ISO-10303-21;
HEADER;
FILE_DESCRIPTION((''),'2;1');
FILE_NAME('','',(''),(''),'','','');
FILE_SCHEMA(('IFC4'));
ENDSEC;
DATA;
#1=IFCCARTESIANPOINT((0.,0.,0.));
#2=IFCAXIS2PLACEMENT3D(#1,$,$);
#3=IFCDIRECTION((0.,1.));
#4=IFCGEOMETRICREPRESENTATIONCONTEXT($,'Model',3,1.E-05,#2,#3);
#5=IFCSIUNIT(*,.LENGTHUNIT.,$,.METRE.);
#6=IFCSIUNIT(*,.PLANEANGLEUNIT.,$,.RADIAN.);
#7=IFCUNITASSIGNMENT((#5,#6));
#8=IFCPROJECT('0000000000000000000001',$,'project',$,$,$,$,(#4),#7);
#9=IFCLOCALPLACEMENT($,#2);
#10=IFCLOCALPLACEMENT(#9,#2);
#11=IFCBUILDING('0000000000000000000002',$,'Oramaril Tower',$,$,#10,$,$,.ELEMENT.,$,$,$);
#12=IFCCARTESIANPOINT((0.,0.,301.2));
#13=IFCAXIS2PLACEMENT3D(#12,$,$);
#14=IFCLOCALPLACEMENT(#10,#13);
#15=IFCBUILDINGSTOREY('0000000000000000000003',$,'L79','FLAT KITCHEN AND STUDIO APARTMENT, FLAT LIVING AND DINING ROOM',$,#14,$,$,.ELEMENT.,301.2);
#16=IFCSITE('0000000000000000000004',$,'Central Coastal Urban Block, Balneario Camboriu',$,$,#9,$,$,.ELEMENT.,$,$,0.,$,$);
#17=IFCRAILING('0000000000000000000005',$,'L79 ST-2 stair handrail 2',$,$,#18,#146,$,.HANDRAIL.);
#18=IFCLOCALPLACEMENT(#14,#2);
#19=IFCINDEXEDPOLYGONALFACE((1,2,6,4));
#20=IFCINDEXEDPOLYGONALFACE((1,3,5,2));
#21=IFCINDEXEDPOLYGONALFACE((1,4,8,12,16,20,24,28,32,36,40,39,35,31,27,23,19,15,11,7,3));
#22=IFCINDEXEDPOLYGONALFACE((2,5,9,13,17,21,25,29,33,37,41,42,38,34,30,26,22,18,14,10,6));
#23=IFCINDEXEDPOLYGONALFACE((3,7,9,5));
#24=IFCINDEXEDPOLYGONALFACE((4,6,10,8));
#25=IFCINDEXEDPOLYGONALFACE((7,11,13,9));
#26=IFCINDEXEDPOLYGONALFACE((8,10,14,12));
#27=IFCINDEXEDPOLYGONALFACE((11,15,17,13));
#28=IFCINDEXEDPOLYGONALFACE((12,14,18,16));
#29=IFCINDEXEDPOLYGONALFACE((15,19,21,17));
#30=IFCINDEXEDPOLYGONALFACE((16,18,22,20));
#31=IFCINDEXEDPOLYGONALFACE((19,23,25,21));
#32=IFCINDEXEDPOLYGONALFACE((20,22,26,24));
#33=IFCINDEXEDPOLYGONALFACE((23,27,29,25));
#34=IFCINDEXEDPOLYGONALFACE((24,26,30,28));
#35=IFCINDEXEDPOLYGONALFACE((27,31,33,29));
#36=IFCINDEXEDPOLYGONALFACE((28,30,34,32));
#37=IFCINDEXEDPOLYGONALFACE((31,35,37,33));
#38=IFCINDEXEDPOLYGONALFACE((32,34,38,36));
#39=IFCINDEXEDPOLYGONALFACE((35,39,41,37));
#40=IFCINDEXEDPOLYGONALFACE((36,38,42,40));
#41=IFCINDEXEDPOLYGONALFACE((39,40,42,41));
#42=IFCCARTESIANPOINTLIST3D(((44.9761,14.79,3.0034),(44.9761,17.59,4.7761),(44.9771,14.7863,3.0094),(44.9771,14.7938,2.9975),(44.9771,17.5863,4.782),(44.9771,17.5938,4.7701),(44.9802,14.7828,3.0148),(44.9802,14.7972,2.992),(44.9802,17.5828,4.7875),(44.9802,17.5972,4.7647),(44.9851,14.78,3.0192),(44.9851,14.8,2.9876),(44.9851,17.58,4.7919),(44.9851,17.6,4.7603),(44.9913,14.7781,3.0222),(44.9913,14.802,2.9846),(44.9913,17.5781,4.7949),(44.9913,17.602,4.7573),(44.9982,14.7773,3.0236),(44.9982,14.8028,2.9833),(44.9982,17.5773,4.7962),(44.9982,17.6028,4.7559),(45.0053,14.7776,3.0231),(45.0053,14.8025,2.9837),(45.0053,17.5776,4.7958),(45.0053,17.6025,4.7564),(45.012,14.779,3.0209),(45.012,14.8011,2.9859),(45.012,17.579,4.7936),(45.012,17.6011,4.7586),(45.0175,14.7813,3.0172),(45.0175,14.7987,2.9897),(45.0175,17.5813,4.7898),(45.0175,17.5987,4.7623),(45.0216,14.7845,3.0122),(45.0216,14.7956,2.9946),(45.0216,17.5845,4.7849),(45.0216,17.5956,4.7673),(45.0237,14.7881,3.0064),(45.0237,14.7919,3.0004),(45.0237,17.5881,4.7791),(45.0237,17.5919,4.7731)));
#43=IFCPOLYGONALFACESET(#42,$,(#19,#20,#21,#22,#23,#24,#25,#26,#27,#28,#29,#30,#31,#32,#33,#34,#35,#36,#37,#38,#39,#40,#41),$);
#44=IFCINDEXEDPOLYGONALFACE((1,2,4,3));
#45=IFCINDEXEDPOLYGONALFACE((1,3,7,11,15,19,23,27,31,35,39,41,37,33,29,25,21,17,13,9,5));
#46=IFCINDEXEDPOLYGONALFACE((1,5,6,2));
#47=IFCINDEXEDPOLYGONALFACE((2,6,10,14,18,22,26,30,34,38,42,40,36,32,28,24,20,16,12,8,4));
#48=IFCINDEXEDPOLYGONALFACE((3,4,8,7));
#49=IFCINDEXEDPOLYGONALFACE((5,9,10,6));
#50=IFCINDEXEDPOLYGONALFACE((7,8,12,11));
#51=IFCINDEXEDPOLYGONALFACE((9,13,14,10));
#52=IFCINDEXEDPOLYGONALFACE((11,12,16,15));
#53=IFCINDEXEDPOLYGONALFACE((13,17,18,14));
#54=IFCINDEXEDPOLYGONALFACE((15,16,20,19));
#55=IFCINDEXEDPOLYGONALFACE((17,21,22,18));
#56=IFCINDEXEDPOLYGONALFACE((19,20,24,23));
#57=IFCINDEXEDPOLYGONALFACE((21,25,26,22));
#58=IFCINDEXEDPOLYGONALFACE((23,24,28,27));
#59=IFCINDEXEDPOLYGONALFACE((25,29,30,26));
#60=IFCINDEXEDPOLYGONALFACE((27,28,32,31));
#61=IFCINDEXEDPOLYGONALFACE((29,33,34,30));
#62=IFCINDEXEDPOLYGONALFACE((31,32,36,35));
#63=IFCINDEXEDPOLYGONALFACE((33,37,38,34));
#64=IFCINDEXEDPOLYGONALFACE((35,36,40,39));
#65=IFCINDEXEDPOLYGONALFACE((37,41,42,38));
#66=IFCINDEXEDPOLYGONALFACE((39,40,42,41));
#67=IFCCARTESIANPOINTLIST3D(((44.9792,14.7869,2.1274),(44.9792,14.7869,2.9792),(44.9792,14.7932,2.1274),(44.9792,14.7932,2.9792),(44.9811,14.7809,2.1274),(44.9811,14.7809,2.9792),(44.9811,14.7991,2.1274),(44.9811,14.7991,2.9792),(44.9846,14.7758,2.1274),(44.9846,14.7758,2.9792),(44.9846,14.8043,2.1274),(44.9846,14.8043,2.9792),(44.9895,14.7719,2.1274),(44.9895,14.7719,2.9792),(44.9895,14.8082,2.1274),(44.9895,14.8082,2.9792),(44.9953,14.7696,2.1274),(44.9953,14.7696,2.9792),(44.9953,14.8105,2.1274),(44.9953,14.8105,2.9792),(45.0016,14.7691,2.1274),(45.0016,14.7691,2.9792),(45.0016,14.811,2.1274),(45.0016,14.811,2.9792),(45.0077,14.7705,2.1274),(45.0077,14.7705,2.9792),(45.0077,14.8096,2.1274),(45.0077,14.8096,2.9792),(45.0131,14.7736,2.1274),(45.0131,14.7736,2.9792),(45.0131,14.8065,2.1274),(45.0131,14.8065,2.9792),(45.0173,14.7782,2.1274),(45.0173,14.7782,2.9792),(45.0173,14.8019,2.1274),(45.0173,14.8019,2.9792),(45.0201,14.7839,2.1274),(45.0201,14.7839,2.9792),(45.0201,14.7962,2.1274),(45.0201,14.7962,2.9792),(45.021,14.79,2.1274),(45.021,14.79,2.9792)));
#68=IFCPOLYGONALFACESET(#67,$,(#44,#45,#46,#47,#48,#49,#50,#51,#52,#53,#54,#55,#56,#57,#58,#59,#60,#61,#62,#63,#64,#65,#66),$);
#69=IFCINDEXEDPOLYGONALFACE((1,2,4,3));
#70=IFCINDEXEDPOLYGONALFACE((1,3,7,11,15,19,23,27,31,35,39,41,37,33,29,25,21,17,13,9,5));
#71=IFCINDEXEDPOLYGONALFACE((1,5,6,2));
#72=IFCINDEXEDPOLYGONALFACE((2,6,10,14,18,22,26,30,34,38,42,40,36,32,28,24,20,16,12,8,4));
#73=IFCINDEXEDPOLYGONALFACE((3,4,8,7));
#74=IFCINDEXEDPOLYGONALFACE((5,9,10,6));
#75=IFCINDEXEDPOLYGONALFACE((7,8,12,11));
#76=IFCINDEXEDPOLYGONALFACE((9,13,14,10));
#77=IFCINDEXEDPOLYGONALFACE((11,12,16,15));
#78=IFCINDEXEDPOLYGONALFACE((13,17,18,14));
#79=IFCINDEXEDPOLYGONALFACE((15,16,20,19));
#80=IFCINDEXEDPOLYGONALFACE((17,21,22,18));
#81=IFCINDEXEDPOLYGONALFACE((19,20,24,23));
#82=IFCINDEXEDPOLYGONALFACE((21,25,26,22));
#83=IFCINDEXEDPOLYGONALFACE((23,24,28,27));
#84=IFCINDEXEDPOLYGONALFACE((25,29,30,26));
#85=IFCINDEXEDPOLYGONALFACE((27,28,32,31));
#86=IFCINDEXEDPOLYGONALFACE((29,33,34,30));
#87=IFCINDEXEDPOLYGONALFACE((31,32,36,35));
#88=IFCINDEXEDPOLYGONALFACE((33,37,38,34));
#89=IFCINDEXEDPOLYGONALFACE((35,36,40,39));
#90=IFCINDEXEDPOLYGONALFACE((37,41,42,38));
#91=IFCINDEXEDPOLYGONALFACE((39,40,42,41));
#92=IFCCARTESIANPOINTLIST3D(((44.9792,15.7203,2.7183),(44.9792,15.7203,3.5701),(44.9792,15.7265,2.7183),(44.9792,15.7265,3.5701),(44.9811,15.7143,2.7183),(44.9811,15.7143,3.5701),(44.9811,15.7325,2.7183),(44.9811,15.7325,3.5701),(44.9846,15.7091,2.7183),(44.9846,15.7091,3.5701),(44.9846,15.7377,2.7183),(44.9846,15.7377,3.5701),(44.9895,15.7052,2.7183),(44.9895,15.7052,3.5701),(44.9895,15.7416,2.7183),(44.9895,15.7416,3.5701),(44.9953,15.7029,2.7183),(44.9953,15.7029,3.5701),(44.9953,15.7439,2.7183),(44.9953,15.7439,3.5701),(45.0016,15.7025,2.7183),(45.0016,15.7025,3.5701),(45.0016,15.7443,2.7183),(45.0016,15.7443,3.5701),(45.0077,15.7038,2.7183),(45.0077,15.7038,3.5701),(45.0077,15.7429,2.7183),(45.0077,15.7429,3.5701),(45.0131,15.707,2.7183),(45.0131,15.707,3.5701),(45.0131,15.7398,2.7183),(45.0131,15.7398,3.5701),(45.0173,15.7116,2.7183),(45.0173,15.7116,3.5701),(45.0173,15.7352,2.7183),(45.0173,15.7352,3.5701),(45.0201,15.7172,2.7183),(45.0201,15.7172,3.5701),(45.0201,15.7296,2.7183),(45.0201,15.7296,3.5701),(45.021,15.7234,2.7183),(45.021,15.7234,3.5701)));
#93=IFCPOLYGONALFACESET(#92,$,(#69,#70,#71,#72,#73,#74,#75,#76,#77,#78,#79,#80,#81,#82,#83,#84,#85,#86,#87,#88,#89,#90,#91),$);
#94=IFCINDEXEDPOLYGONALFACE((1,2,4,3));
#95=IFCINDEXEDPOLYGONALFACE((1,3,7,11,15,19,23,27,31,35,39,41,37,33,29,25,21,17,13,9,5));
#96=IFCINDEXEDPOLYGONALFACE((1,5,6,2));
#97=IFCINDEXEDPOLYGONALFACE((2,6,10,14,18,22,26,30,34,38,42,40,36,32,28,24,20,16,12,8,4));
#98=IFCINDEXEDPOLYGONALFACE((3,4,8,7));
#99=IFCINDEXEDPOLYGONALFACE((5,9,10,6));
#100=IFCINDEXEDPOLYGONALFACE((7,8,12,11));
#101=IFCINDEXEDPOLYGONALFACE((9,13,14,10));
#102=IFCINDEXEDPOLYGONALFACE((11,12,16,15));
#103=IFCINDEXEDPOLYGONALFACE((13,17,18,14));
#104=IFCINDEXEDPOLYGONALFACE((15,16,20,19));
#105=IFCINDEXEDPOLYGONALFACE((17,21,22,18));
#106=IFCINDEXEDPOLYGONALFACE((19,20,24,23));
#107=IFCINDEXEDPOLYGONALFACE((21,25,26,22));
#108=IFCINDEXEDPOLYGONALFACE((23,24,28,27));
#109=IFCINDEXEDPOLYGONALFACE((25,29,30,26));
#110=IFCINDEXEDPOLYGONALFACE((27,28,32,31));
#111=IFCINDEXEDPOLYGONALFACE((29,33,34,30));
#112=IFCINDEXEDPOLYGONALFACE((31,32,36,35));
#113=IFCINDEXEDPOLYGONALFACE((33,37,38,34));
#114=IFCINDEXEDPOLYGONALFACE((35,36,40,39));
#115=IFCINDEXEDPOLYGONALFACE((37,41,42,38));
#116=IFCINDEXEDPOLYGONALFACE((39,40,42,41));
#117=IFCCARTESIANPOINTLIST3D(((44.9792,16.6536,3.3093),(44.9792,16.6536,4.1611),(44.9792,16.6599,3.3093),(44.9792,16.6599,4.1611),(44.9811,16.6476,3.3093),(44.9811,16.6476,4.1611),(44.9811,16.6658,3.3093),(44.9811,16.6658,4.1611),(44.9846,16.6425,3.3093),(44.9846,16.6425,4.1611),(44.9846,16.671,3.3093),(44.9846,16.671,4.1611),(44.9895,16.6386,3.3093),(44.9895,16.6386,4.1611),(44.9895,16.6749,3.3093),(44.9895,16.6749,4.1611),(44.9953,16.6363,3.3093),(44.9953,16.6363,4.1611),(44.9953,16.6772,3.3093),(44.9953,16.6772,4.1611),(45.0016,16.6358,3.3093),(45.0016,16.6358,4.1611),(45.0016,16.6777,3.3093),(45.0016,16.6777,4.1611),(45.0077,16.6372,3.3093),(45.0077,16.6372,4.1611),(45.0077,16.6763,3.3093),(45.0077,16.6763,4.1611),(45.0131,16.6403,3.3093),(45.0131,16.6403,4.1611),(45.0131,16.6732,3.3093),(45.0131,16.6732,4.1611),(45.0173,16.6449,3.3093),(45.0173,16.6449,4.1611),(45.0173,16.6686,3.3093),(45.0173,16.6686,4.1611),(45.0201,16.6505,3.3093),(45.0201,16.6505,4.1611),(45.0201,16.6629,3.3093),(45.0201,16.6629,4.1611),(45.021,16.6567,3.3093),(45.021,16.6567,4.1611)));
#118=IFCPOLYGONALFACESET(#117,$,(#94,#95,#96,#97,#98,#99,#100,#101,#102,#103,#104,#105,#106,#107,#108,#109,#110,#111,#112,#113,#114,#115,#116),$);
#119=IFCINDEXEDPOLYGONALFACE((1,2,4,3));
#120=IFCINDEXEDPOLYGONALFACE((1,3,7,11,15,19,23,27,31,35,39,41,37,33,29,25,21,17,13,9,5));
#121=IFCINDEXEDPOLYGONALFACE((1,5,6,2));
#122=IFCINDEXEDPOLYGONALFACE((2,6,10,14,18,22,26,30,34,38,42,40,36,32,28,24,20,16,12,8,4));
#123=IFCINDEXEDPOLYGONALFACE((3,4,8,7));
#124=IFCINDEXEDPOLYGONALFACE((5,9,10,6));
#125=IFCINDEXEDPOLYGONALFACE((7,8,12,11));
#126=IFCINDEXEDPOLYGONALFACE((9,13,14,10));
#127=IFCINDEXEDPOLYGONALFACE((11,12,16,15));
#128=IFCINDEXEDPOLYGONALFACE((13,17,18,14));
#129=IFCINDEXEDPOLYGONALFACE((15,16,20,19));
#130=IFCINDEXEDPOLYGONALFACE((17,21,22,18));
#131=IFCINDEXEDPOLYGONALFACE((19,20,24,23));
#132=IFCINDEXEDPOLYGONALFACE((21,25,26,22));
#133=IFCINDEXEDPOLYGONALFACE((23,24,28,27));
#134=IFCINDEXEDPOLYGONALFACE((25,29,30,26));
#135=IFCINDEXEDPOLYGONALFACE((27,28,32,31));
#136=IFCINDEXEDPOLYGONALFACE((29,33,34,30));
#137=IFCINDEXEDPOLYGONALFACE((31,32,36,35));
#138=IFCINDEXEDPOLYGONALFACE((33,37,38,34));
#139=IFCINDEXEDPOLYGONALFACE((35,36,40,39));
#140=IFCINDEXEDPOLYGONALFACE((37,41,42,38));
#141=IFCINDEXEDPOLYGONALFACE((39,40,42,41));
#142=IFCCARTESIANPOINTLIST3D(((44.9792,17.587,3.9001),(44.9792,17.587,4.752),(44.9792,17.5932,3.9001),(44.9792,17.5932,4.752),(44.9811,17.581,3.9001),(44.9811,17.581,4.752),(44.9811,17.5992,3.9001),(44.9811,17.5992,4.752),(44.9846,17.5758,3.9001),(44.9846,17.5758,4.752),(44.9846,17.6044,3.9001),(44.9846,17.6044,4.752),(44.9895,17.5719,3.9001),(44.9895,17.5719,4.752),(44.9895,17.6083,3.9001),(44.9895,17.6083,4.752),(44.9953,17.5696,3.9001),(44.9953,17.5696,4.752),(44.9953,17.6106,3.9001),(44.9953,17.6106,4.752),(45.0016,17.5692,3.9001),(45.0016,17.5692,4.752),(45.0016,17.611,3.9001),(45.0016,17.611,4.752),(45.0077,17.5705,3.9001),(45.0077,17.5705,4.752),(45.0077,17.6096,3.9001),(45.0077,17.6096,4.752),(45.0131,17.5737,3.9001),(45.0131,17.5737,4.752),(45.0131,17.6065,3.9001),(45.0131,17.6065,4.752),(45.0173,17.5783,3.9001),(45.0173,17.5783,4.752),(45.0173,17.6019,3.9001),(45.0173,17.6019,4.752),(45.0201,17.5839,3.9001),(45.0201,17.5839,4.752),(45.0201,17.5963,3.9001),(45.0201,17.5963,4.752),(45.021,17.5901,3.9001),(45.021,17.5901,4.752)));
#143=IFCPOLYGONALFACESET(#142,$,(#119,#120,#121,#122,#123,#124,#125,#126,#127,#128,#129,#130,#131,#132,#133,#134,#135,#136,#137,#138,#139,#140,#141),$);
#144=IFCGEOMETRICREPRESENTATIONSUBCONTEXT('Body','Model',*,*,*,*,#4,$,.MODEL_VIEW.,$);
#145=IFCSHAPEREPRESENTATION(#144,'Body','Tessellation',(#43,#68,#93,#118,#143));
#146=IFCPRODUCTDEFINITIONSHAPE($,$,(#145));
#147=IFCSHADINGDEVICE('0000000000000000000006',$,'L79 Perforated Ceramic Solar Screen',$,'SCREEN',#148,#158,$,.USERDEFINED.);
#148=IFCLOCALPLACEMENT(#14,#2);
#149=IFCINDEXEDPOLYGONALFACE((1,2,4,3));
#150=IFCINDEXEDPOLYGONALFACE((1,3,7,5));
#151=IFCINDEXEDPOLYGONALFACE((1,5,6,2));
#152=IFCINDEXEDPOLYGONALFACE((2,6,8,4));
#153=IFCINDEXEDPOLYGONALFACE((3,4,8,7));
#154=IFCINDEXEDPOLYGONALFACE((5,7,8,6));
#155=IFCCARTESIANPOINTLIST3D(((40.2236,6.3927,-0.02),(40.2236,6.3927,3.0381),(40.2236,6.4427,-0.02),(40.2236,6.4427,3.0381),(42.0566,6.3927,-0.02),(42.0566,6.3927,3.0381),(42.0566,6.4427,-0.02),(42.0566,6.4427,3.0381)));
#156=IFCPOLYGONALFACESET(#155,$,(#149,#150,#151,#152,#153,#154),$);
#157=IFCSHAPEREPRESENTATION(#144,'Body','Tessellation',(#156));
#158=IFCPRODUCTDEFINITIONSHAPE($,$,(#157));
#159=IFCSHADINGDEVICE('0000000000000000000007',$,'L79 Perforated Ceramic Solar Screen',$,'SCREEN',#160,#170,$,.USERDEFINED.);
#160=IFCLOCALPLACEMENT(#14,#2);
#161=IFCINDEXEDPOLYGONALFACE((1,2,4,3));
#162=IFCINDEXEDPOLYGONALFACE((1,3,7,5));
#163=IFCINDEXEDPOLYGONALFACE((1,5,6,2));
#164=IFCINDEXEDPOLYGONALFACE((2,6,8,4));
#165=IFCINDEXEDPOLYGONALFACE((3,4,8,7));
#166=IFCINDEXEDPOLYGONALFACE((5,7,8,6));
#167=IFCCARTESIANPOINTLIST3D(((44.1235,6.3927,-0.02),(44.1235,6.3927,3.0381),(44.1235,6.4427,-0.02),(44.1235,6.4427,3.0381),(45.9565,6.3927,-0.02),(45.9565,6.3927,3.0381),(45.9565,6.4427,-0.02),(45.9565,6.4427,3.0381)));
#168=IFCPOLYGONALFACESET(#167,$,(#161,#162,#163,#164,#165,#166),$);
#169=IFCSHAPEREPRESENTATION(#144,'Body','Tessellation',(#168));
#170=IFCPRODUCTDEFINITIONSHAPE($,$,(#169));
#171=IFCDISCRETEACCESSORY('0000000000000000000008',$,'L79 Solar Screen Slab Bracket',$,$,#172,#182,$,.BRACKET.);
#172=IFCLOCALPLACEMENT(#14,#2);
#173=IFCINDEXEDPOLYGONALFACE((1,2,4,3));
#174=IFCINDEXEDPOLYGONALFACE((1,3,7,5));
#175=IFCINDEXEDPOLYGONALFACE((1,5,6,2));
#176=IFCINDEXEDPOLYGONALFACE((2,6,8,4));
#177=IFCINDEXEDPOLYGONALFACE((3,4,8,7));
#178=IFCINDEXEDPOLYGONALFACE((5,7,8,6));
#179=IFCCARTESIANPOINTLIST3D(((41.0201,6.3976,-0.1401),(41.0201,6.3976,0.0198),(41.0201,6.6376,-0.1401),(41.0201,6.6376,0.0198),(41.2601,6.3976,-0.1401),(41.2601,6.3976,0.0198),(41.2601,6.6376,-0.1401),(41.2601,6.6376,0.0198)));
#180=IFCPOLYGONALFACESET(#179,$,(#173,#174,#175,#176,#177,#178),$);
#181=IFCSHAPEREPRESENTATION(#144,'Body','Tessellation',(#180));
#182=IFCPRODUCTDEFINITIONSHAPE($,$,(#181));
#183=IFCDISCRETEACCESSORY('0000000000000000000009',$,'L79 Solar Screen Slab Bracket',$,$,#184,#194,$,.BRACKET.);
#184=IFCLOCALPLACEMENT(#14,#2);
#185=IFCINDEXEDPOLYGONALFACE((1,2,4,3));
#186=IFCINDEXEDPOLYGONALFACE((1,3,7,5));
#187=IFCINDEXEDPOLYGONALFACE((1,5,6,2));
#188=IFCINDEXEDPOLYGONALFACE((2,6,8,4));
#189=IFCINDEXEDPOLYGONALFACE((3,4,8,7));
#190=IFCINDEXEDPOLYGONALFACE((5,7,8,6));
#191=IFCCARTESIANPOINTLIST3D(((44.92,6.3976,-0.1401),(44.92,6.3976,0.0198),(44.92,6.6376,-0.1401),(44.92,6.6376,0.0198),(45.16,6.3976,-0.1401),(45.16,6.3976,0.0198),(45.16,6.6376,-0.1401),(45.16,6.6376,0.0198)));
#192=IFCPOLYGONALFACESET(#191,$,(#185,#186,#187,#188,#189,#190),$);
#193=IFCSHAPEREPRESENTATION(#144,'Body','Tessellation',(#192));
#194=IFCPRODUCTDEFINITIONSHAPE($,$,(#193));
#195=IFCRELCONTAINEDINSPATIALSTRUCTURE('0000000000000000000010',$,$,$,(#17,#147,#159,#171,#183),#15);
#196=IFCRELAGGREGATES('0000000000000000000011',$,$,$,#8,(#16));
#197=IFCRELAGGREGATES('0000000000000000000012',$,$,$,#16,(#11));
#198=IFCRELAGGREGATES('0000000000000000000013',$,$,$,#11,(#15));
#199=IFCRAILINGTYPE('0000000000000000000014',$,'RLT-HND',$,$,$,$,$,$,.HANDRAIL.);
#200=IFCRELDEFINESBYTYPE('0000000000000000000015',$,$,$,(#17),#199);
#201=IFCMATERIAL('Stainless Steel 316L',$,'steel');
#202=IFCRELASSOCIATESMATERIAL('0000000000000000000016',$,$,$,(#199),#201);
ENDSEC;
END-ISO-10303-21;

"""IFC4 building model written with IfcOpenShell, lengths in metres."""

from ifc_helpers import new_model, si_unit, direction, frame, origin, origin_2d, place, context, subcontext, project, spatial, rectangle, circle, extrude, material, type_object, element, save


model = new_model("IFC4")

# Units and contexts
model_context = context("Model", 3, precision=1e-05, world=origin(), true_north=direction((0.0, 1.0)))
body_context = subcontext(model_context, "Body", "Model", "MODEL_VIEW")
ifc_project = project(units=[si_unit("LENGTHUNIT", "METRE"), si_unit("PLANEANGLEUNIT", "RADIAN")], contexts=[model_context])

# Site, building, storey
site_placement = place(None, origin())
site = spatial("IfcSite", under=ifc_project, at=site_placement, Name="Central Coastal Urban Block, Balneario Camboriu", CompositionType="ELEMENT", RefElevation=0.0)
building_placement = place(site_placement, origin())
building = spatial("IfcBuilding", under=site, at=building_placement, Name="Oramaril Tower", CompositionType="ELEMENT")
storey_placement = place(building_placement, frame((0.0, 0.0, 301.2)))
storey = spatial("IfcBuildingStorey", under=building, at=storey_placement, Name="L79", Description="FLAT KITCHEN AND STUDIO APARTMENT, FLAT LIVING AND DINING ROOM", CompositionType="ELEMENT", Elevation=301.2)

# Railing
ifc_material_1 = material(Name="Stainless Steel 316L", Category="steel")
railing_type_1 = type_object("IfcRailingType", Name="RLT-HND", PredefinedType="HANDRAIL", material=ifc_material_1)
railing_1_placement = place(storey_placement, frame((45.0, 14.79, 2.1274)))
element("IfcRailing", 1, at=railing_1_placement, inside=storey, type_object=railing_type_1, Name="L79 ST-2 stair handrail 2", PredefinedType="HANDRAIL", context=body_context, shape_type="SweptSolid", body=[
    extrude(circle(Radius=0.0239, at=origin_2d()), frame((0.0, 0.0, 0.876), z_axis=(0.0, 0.844909, 0.53491), x_axis=(-1.0, 0.0, 0.0)), (0.0, 0.0, 1.0), 3.314),
    extrude(circle(Radius=0.021, at=origin_2d()), origin(), (0.0, 0.0, 1.0), 0.8518),
    extrude(circle(Radius=0.021, at=origin_2d()), frame((0.0, 0.9333, 0.5908)), (0.0, 0.0, 1.0), 0.8518),
    extrude(circle(Radius=0.021, at=origin_2d()), frame((0.0, 1.8667, 1.1819)), (0.0, 0.0, 1.0), 0.8518),
    extrude(circle(Radius=0.021, at=origin_2d()), frame((0.0, 2.8, 1.7727)), (0.0, 0.0, 1.0), 0.8518),
])

# Shading devices
for number, where, z_axis, x_axis, name in (
    (2, (41.1401, 6.4177, -0.02), (0.0, 0.0, 1.0), (1.0, 0.0, 0.0), "L79 Perforated Ceramic Solar Screen"),
    (3, (45.04, 6.4177, -0.02), (0.0, 0.0, 1.0), (1.0, 0.0, 0.0), "L79 Perforated Ceramic Solar Screen"),
):
    element("IfcShadingDevice", number, at=place(storey_placement, frame(where, z_axis=z_axis, x_axis=x_axis)), inside=storey, Name=name, ObjectType="SCREEN", PredefinedType="USERDEFINED", context=body_context, shape_type="SweptSolid", body=[
        extrude(rectangle(XDim=1.833, YDim=0.05, at=origin_2d()), origin(), (0.0, 0.0, 1.0), 3.0581),
    ])

# Discrete accessories
for number, where, z_axis, x_axis, name in (
    (4, (41.1401, 6.5176, -0.1401), (0.0, 0.0, 1.0), (1.0, 0.0, 0.0), "L79 Solar Screen Slab Bracket"),
    (5, (45.04, 6.5176, -0.1401), (0.0, 0.0, 1.0), (1.0, 0.0, 0.0), "L79 Solar Screen Slab Bracket"),
):
    element("IfcDiscreteAccessory", number, at=place(storey_placement, frame(where, z_axis=z_axis, x_axis=x_axis)), inside=storey, Name=name, PredefinedType="BRACKET", context=body_context, shape_type="SweptSolid", body=[
        extrude(rectangle(XDim=0.24, YDim=0.24, at=origin_2d()), origin(), (0.0, 0.0, 1.0), 0.1599),
    ])

save(model, "model.ifc")
